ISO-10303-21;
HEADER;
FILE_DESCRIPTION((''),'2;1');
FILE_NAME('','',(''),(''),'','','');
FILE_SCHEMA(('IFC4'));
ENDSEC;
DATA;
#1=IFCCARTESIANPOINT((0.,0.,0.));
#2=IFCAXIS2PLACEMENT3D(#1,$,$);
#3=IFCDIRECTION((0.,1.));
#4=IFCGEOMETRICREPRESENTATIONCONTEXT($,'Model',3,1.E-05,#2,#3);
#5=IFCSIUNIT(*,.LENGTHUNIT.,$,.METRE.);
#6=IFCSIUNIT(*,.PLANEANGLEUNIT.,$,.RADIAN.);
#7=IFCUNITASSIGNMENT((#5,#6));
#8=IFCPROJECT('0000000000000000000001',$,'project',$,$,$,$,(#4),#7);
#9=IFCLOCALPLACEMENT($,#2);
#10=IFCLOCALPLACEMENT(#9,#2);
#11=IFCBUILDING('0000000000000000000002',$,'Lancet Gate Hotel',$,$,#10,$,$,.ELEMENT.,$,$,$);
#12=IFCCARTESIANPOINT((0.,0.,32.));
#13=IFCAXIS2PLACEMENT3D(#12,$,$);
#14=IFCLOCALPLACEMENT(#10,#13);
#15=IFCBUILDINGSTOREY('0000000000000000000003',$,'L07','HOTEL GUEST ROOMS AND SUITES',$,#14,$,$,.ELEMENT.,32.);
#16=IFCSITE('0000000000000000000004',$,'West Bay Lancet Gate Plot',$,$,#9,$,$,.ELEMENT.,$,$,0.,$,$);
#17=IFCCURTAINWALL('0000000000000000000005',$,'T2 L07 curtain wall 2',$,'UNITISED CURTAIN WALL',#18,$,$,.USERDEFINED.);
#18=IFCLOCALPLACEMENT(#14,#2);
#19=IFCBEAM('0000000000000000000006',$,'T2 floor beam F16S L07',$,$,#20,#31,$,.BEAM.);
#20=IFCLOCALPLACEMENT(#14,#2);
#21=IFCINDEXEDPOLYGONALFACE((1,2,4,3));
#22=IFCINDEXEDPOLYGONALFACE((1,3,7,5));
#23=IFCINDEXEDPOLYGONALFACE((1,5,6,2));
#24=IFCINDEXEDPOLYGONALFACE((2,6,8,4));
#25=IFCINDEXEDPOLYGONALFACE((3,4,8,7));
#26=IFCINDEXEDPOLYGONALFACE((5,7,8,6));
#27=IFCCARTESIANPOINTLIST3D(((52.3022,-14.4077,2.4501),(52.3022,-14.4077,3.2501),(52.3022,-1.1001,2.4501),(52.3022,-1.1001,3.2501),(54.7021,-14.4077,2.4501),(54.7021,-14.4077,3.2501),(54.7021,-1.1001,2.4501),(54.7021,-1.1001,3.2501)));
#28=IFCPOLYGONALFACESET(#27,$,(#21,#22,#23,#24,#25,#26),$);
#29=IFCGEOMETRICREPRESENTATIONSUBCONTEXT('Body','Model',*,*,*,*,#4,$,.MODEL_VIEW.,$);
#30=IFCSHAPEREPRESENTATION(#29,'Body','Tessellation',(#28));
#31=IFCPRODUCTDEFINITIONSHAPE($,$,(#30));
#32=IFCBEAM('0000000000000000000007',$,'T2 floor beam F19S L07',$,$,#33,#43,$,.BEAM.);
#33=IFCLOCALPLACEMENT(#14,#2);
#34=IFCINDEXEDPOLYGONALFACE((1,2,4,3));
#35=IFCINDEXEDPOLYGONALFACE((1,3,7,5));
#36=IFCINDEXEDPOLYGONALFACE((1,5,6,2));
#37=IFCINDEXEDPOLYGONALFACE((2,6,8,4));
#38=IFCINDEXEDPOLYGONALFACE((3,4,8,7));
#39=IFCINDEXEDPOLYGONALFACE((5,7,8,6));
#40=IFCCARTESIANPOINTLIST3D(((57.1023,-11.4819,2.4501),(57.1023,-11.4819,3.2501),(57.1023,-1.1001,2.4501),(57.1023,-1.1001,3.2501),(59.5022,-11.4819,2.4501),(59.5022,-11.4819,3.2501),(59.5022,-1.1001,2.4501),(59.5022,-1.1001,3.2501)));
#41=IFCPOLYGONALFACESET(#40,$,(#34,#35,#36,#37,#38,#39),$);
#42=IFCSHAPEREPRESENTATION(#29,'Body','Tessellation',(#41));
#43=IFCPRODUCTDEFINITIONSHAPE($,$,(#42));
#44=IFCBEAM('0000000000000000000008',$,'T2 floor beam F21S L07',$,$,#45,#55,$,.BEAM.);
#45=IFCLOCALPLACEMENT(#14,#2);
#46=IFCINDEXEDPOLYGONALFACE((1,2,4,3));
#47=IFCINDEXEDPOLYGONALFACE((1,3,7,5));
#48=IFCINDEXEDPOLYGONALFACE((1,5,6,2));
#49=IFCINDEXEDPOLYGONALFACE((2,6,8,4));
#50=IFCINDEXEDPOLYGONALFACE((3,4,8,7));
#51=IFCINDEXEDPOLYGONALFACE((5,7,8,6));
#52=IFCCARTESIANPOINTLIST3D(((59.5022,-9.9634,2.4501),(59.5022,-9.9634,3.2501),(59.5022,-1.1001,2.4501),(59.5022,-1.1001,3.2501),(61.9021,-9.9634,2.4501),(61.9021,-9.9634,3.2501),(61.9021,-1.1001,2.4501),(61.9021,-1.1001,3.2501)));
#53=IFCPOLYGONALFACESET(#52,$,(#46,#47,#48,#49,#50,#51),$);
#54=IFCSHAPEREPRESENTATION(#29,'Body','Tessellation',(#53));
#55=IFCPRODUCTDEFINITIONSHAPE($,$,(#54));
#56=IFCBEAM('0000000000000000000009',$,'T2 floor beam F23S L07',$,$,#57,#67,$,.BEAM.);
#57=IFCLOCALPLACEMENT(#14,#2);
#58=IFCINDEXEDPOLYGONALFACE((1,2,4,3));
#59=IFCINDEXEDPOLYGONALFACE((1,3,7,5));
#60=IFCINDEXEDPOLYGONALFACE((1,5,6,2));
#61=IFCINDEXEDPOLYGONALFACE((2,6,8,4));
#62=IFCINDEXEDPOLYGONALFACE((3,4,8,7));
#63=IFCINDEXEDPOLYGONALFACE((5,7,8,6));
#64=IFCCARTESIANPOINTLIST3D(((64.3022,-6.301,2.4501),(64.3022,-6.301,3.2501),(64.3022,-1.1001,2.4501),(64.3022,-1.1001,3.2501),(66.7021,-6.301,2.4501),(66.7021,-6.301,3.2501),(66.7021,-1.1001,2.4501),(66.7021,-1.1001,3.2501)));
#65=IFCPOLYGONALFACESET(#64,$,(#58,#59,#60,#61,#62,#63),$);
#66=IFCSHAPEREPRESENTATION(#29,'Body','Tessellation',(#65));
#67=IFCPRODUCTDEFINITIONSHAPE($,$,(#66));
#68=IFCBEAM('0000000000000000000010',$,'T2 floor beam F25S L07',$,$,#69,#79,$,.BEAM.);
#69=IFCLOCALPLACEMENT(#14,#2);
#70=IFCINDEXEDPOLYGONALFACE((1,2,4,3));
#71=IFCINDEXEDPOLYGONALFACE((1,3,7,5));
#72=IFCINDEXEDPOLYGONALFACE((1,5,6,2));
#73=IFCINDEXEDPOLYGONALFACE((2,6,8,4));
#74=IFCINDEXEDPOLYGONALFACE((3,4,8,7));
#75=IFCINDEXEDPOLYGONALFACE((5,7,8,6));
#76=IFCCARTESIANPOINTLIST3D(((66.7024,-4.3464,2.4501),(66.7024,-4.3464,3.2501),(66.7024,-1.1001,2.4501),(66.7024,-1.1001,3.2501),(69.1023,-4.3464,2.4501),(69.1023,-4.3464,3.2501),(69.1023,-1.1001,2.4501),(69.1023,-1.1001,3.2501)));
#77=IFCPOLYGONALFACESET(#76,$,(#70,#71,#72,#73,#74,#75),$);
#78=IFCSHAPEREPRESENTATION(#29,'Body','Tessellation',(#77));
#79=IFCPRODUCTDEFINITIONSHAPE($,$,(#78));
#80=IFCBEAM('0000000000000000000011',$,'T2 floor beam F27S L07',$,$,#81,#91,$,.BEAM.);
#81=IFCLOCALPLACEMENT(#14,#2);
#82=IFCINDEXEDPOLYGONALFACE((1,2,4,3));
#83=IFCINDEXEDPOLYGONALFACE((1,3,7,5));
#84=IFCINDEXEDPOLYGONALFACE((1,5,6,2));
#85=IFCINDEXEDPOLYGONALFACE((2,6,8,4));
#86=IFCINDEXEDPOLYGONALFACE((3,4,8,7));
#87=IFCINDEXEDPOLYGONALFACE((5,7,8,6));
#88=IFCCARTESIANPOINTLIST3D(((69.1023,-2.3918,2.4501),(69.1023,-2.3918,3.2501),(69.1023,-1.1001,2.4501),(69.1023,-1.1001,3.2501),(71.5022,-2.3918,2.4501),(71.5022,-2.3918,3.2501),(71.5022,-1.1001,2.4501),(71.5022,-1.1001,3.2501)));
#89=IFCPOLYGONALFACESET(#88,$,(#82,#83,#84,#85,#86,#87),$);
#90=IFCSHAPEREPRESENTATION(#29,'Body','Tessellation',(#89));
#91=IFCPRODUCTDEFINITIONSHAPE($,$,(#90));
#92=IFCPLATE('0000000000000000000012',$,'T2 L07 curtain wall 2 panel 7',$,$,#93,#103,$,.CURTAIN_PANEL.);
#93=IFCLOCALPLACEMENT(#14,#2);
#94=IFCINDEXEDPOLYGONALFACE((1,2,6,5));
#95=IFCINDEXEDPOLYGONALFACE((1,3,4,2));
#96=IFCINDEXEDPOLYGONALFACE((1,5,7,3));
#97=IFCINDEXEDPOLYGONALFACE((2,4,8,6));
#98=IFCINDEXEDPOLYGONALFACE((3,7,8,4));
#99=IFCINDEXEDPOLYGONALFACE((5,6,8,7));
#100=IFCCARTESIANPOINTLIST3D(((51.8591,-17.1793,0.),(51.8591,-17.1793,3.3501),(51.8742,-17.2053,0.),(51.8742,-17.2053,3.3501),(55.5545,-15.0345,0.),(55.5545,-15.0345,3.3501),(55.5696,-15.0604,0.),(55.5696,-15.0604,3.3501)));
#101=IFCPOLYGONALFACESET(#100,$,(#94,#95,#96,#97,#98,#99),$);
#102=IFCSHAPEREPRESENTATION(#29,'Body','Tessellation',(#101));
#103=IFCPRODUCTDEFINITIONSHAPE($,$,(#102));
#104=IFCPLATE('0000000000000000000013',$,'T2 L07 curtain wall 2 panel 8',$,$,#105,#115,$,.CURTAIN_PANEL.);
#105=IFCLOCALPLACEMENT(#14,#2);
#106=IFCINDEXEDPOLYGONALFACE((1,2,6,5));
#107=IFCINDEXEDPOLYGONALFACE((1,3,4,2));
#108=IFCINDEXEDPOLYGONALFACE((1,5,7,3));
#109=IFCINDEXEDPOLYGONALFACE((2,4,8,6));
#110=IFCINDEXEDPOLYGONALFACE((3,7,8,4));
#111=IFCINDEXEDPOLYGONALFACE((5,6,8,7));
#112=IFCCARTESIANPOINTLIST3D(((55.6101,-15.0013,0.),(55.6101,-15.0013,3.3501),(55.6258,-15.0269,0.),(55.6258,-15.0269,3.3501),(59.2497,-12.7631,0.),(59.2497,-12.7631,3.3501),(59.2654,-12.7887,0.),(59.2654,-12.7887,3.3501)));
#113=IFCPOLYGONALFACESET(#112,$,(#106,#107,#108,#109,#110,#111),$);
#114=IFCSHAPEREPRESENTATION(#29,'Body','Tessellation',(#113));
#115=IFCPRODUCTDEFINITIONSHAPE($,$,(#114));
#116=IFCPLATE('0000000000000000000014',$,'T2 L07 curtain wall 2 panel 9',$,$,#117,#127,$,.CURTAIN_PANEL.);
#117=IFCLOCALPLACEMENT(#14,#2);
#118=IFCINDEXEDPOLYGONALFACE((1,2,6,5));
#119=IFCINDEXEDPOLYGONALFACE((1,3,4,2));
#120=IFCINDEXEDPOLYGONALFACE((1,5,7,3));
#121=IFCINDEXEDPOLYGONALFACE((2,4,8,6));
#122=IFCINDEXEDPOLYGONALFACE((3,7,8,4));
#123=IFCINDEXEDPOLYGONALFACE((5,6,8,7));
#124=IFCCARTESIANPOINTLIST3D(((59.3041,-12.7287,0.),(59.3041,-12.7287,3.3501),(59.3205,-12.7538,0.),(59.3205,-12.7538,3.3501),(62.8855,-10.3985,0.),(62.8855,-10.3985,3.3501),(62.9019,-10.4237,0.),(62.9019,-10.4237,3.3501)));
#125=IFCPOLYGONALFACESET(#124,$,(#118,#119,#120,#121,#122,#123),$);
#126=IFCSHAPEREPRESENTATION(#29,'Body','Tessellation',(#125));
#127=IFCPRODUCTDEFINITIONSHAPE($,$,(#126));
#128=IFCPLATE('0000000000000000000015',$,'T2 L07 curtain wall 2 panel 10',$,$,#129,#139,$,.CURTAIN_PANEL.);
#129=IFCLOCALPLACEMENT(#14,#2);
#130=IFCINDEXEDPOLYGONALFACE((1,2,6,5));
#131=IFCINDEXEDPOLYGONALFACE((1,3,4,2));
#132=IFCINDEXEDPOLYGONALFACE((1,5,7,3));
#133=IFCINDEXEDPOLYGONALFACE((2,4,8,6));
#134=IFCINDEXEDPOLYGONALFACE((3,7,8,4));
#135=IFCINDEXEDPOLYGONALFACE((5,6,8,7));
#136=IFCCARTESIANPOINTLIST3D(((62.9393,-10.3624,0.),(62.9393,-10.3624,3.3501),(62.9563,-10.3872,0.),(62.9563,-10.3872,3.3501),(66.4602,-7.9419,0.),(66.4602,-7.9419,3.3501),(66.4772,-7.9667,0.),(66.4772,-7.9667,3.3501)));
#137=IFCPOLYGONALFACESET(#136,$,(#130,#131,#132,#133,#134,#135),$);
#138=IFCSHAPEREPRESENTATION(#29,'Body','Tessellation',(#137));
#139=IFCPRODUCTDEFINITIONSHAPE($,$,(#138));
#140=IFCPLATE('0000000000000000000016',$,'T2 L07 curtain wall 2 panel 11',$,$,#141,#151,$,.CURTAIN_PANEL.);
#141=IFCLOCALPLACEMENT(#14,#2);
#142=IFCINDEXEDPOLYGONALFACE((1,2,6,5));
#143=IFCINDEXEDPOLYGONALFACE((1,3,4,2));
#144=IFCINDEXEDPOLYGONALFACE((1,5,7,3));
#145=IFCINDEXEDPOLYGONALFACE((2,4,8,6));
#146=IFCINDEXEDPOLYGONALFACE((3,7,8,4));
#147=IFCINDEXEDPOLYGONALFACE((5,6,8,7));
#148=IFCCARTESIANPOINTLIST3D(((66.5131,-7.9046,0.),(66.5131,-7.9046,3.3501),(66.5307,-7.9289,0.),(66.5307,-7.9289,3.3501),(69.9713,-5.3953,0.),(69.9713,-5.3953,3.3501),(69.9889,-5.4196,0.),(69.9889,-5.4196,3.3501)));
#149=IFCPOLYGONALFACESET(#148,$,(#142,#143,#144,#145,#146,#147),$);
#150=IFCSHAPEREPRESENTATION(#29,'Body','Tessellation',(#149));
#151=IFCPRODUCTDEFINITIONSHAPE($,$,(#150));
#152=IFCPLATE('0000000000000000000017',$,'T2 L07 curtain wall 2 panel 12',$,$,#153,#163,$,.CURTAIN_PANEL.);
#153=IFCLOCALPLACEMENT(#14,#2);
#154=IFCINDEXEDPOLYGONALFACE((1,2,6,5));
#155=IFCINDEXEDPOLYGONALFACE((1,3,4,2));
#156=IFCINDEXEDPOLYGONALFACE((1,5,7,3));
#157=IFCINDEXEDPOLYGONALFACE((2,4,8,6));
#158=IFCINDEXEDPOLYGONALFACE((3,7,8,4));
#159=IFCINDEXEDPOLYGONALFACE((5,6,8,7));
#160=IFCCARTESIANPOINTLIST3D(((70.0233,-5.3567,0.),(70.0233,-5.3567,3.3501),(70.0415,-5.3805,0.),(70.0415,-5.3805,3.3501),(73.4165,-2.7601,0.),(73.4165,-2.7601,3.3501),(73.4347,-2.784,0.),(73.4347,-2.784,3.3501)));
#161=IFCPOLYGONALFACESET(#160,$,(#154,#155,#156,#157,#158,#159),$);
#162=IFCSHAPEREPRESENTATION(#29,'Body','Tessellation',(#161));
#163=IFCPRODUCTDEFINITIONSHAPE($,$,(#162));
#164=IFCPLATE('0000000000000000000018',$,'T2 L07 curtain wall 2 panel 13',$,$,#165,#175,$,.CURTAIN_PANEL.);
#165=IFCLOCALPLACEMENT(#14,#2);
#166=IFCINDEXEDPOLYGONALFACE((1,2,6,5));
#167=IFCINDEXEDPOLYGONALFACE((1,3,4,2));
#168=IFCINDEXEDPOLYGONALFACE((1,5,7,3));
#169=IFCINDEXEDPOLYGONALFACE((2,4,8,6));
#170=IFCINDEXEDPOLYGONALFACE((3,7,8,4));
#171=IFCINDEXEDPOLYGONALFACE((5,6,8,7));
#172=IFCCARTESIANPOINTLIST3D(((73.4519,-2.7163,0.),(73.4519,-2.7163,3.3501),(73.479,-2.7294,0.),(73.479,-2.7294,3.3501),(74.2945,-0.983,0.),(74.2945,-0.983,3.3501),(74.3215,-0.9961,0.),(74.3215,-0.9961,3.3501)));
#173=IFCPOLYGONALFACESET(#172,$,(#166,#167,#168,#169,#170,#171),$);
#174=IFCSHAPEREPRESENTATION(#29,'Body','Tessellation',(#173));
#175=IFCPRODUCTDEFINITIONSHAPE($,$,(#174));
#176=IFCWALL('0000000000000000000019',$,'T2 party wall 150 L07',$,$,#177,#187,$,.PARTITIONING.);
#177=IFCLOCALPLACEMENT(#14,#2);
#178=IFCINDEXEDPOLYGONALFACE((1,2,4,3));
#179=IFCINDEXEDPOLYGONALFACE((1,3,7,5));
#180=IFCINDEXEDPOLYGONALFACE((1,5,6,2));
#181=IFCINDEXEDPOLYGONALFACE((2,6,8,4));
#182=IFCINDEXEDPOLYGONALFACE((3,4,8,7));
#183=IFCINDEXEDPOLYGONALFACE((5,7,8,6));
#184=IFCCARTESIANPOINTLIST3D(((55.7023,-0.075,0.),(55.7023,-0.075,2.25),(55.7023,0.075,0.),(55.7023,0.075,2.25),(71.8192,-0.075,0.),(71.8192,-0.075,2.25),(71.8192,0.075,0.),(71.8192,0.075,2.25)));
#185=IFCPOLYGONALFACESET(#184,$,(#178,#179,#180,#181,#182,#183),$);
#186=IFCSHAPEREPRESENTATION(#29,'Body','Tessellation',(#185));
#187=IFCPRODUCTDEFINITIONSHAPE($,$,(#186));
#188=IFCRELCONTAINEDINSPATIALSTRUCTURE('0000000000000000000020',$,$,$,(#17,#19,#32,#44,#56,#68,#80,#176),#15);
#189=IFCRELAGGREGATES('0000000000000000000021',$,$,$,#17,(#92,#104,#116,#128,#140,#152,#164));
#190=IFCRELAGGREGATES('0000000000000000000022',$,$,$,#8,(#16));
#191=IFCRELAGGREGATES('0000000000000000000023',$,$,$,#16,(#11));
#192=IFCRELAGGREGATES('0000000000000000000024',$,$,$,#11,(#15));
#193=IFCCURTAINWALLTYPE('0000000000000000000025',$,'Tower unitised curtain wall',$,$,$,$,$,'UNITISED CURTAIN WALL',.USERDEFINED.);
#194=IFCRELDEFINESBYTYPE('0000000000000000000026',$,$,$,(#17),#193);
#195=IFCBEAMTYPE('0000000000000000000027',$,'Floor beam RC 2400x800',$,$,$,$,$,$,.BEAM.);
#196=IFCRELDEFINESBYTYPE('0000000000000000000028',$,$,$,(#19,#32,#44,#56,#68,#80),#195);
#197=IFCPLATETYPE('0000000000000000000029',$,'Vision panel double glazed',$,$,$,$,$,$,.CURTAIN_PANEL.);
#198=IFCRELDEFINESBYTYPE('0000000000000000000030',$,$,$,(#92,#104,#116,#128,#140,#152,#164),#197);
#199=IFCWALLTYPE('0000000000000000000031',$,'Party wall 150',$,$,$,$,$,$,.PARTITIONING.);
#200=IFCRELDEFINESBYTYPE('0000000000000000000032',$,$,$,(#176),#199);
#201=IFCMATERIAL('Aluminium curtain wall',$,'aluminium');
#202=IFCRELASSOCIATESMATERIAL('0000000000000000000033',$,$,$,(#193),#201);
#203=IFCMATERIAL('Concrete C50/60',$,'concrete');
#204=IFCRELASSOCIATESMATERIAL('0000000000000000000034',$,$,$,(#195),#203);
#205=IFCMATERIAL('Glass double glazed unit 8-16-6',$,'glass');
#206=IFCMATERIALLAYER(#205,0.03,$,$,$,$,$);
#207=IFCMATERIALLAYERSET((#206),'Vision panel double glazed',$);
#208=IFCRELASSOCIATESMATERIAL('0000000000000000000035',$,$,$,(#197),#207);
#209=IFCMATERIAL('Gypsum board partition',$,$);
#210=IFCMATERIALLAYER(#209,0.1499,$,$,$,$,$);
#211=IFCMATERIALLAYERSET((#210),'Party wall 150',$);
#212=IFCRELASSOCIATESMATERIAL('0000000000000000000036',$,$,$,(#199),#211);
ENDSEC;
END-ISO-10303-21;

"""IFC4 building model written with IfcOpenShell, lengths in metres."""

from ifc_helpers import new_model, si_unit, direction, frame, frame_2d, origin, origin_2d, place, context, subcontext, project, spatial, rectangle, extrude, material, layer, layer_set, material_profile, profile_set, type_object, element, aggregate, save


model = new_model("IFC4")

# Units and contexts
model_context = context("Model", 3, precision=1e-05, world=origin(), true_north=direction((0.0, 1.0)))
body_context = subcontext(model_context, "Body", "Model", "MODEL_VIEW")
ifc_project = project(units=[si_unit("LENGTHUNIT", "METRE"), si_unit("PLANEANGLEUNIT", "RADIAN")], contexts=[model_context])

# Site, building, storey
site_placement = place(None, origin())
site = spatial("IfcSite", under=ifc_project, at=site_placement, Name="West Bay Lancet Gate Plot", CompositionType="ELEMENT", RefElevation=0.0)
building_placement = place(site_placement, origin())
building = spatial("IfcBuilding", under=site, at=building_placement, Name="Lancet Gate Hotel", CompositionType="ELEMENT")
storey_placement = place(building_placement, frame((0.0, 0.0, 32.0)))
storey = spatial("IfcBuildingStorey", under=building, at=storey_placement, Name="L07", Description="HOTEL GUEST ROOMS AND SUITES", CompositionType="ELEMENT", Elevation=32.0)

# Curtain wall
ifc_material_1 = material(Name="Aluminium curtain wall", Category="aluminium")
curtain_wall_type = type_object("IfcCurtainWallType", Name="Tower unitised curtain wall", ElementType="UNITISED CURTAIN WALL", PredefinedType="USERDEFINED", material=ifc_material_1)
curtain_wall_placement = place(storey_placement, origin())
curtain_wall = element("IfcCurtainWall", 1, at=curtain_wall_placement, inside=storey, type_object=curtain_wall_type, Name="T2 L07 curtain wall 2", ObjectType="UNITISED CURTAIN WALL", PredefinedType="USERDEFINED")

# Beams
ifc_material_2 = material(Name="Concrete C50/60", Category="concrete")
ifc_material_profile_1 = material_profile(ifc_material_2, rectangle(XDim=2.3999, YDim=0.8, at=origin_2d()), Name="RC 2400x800")
ifc_profile_set_1 = profile_set([ifc_material_profile_1], Name="Concrete C50/60")
beam_type_1 = type_object("IfcBeamType", Name="Floor beam RC 2400x800", PredefinedType="BEAM", material=ifc_profile_set_1)
beam_1_placement = place(storey_placement, frame((53.5022, -14.4077, 2.8501), z_axis=(0.0, 1.0, 0.0), x_axis=(-1.0, 0.0, 0.0)))
element("IfcBeam", 2, at=beam_1_placement, inside=storey, type_object=beam_type_1, Name="T2 floor beam F16S L07", PredefinedType="BEAM", context=body_context, shape_type="SweptSolid", body=[
    extrude(rectangle(XDim=2.3999, YDim=0.8, at=origin_2d()), origin(), (0.0, 0.0, 1.0), 13.3076),
])
beam_2_placement = place(storey_placement, frame((58.3022, -11.4819, 2.8501), z_axis=(0.0, 1.0, 0.0), x_axis=(-1.0, 0.0, 0.0)))
element("IfcBeam", 3, at=beam_2_placement, inside=storey, type_object=beam_type_1, Name="T2 floor beam F19S L07", PredefinedType="BEAM", context=body_context, shape_type="SweptSolid", body=[
    extrude(rectangle(XDim=2.3999, YDim=0.8, at=origin_2d()), origin(), (0.0, 0.0, 1.0), 10.3818),
])
beam_3_placement = place(storey_placement, frame((60.7021, -9.9634, 2.8501), z_axis=(0.0, 1.0, 0.0), x_axis=(-1.0, 0.0, 0.0)))
element("IfcBeam", 4, at=beam_3_placement, inside=storey, type_object=beam_type_1, Name="T2 floor beam F21S L07", PredefinedType="BEAM", context=body_context, shape_type="SweptSolid", body=[
    extrude(rectangle(XDim=2.3999, YDim=0.8, at=origin_2d()), origin(), (0.0, 0.0, 1.0), 8.8633),
])
beam_4_placement = place(storey_placement, frame((65.5022, -6.301, 2.8501), z_axis=(0.0, 1.0, 0.0), x_axis=(-1.0, 0.0, 0.0)))
element("IfcBeam", 5, at=beam_4_placement, inside=storey, type_object=beam_type_1, Name="T2 floor beam F23S L07", PredefinedType="BEAM", context=body_context, shape_type="SweptSolid", body=[
    extrude(rectangle(XDim=2.3999, YDim=0.8, at=origin_2d()), origin(), (0.0, 0.0, 1.0), 5.2009),
])
beam_5_placement = place(storey_placement, frame((67.9023, -4.3464, 2.8501), z_axis=(0.0, 1.0, 0.0), x_axis=(-1.0, 0.0, 0.0)))
element("IfcBeam", 6, at=beam_5_placement, inside=storey, type_object=beam_type_1, Name="T2 floor beam F25S L07", PredefinedType="BEAM", context=body_context, shape_type="SweptSolid", body=[
    extrude(rectangle(XDim=2.3999, YDim=0.8, at=origin_2d()), origin(), (0.0, 0.0, 1.0), 3.2463),
])
beam_6_placement = place(storey_placement, frame((70.3022, -2.3918, 2.8501), z_axis=(0.0, 1.0, 0.0), x_axis=(-1.0, 0.0, 0.0)))
element("IfcBeam", 7, at=beam_6_placement, inside=storey, type_object=beam_type_1, Name="T2 floor beam F27S L07", PredefinedType="BEAM", context=body_context, shape_type="SweptSolid", body=[
    extrude(rectangle(XDim=2.3999, YDim=0.8, at=origin_2d()), origin(), (0.0, 0.0, 1.0), 1.2917),
])

# Plates
ifc_material_3 = material(Name="Glass double glazed unit 8-16-6", Category="glass")
ifc_layer_1 = layer(ifc_material_3, 0.03)
ifc_layer_set_1 = layer_set([ifc_layer_1], Name="Vision panel double glazed")
plate_type = type_object("IfcPlateType", Name="Vision panel double glazed", PredefinedType="CURTAIN_PANEL", material=ifc_layer_set_1)
plate_1_placement = place(storey_placement, frame((53.7144, -16.1199, 0.0), z_axis=(0.0, 0.0, 1.0), x_axis=(0.864872, 0.501993, 0.0)))
plate_1 = element("IfcPlate", 8, at=plate_1_placement, type_object=plate_type, Name="T2 L07 curtain wall 2 panel 7", PredefinedType="CURTAIN_PANEL", context=body_context, shape_type="SweptSolid", body=[
    extrude(rectangle(XDim=4.2727, YDim=0.03, at=origin_2d()), origin(), (0.0, 0.0, 1.0), 3.3501),
])
plate_2_placement = place(storey_placement, frame((57.4377, -13.895, 0.0), z_axis=(0.0, 0.0, 1.0), x_axis=(0.851815, 0.523842, 0.0)))
plate_2 = element("IfcPlate", 9, at=plate_2_placement, type_object=plate_type, Name="T2 L07 curtain wall 2 panel 8", PredefinedType="CURTAIN_PANEL", context=body_context, shape_type="SweptSolid", body=[
    extrude(rectangle(XDim=4.2727, YDim=0.03, at=origin_2d()), origin(), (0.0, 0.0, 1.0), 3.3501),
])
plate_3_placement = place(storey_placement, frame((61.103, -11.5762, 0.0), z_axis=(0.0, 0.0, 1.0), x_axis=(0.838207, 0.545353, 0.0)))
plate_3 = element("IfcPlate", 10, at=plate_3_placement, type_object=plate_type, Name="T2 L07 curtain wall 2 panel 9", PredefinedType="CURTAIN_PANEL", context=body_context, shape_type="SweptSolid", body=[
    extrude(rectangle(XDim=4.2727, YDim=0.03, at=origin_2d()), origin(), (0.0, 0.0, 1.0), 3.3501),
])
plate_4_placement = place(storey_placement, frame((64.7083, -9.1646, 0.0), z_axis=(0.0, 0.0, 1.0), x_axis=(0.824055, 0.566509, 0.0)))
plate_4 = element("IfcPlate", 11, at=plate_4_placement, type_object=plate_type, Name="T2 L07 curtain wall 2 panel 10", PredefinedType="CURTAIN_PANEL", context=body_context, shape_type="SweptSolid", body=[
    extrude(rectangle(XDim=4.2727, YDim=0.03, at=origin_2d()), origin(), (0.0, 0.0, 1.0), 3.3501),
])
plate_5_placement = place(storey_placement, frame((68.251, -6.6621, 0.0), z_axis=(0.0, 0.0, 1.0), x_axis=(0.80937, 0.587299, 0.0)))
plate_5 = element("IfcPlate", 12, at=plate_5_placement, type_object=plate_type, Name="T2 L07 curtain wall 2 panel 11", PredefinedType="CURTAIN_PANEL", context=body_context, shape_type="SweptSolid", body=[
    extrude(rectangle(XDim=4.2727, YDim=0.03, at=origin_2d()), origin(), (0.0, 0.0, 1.0), 3.3501),
])
plate_6_placement = place(storey_placement, frame((71.729, -4.0703, 0.0), z_axis=(0.0, 0.0, 1.0), x_axis=(0.79416, 0.607709, 0.0)))
plate_6 = element("IfcPlate", 13, at=plate_6_placement, type_object=plate_type, Name="T2 L07 curtain wall 2 panel 12", PredefinedType="CURTAIN_PANEL", context=body_context, shape_type="SweptSolid", body=[
    extrude(rectangle(XDim=4.2727, YDim=0.03, at=origin_2d()), origin(), (0.0, 0.0, 1.0), 3.3501),
])
plate_7_placement = place(storey_placement, frame((73.8867, -1.8562, 0.0), z_axis=(0.0, 0.0, 1.0), x_axis=(0.437169, 0.899379, 0.0)))
plate_7 = element("IfcPlate", 14, at=plate_7_placement, type_object=plate_type, Name="T2 L07 curtain wall 2 panel 13", PredefinedType="CURTAIN_PANEL", context=body_context, shape_type="SweptSolid", body=[
    extrude(rectangle(XDim=1.9272, YDim=0.03, at=origin_2d()), origin(), (0.0, 0.0, 1.0), 3.3501),
])
aggregate(curtain_wall, [plate_1, plate_2, plate_3, plate_4, plate_5, plate_6, plate_7])

# Wall
ifc_material_4 = material(Name="Gypsum board partition")
ifc_layer_2 = layer(ifc_material_4, 0.1499)
ifc_layer_set_2 = layer_set([ifc_layer_2], Name="Party wall 150")
wall_type = type_object("IfcWallType", Name="Party wall 150", PredefinedType="PARTITIONING", material=ifc_layer_set_2)
wall_placement = place(storey_placement, frame((55.7021, 0.0, 0.0), z_axis=(0.0, 0.0, 1.0), x_axis=(1.0, 0.0, 0.0)))
element("IfcWall", 15, at=wall_placement, inside=storey, type_object=wall_type, Name="T2 party wall 150 L07", PredefinedType="PARTITIONING", context=body_context, shape_type="SweptSolid", body=[
    extrude(rectangle(XDim=16.1169, YDim=0.1499, at=frame_2d((8.0586, 0.0))), origin(), (0.0, 0.0, 1.0), 2.25),
])

save(model, "model.ifc")
